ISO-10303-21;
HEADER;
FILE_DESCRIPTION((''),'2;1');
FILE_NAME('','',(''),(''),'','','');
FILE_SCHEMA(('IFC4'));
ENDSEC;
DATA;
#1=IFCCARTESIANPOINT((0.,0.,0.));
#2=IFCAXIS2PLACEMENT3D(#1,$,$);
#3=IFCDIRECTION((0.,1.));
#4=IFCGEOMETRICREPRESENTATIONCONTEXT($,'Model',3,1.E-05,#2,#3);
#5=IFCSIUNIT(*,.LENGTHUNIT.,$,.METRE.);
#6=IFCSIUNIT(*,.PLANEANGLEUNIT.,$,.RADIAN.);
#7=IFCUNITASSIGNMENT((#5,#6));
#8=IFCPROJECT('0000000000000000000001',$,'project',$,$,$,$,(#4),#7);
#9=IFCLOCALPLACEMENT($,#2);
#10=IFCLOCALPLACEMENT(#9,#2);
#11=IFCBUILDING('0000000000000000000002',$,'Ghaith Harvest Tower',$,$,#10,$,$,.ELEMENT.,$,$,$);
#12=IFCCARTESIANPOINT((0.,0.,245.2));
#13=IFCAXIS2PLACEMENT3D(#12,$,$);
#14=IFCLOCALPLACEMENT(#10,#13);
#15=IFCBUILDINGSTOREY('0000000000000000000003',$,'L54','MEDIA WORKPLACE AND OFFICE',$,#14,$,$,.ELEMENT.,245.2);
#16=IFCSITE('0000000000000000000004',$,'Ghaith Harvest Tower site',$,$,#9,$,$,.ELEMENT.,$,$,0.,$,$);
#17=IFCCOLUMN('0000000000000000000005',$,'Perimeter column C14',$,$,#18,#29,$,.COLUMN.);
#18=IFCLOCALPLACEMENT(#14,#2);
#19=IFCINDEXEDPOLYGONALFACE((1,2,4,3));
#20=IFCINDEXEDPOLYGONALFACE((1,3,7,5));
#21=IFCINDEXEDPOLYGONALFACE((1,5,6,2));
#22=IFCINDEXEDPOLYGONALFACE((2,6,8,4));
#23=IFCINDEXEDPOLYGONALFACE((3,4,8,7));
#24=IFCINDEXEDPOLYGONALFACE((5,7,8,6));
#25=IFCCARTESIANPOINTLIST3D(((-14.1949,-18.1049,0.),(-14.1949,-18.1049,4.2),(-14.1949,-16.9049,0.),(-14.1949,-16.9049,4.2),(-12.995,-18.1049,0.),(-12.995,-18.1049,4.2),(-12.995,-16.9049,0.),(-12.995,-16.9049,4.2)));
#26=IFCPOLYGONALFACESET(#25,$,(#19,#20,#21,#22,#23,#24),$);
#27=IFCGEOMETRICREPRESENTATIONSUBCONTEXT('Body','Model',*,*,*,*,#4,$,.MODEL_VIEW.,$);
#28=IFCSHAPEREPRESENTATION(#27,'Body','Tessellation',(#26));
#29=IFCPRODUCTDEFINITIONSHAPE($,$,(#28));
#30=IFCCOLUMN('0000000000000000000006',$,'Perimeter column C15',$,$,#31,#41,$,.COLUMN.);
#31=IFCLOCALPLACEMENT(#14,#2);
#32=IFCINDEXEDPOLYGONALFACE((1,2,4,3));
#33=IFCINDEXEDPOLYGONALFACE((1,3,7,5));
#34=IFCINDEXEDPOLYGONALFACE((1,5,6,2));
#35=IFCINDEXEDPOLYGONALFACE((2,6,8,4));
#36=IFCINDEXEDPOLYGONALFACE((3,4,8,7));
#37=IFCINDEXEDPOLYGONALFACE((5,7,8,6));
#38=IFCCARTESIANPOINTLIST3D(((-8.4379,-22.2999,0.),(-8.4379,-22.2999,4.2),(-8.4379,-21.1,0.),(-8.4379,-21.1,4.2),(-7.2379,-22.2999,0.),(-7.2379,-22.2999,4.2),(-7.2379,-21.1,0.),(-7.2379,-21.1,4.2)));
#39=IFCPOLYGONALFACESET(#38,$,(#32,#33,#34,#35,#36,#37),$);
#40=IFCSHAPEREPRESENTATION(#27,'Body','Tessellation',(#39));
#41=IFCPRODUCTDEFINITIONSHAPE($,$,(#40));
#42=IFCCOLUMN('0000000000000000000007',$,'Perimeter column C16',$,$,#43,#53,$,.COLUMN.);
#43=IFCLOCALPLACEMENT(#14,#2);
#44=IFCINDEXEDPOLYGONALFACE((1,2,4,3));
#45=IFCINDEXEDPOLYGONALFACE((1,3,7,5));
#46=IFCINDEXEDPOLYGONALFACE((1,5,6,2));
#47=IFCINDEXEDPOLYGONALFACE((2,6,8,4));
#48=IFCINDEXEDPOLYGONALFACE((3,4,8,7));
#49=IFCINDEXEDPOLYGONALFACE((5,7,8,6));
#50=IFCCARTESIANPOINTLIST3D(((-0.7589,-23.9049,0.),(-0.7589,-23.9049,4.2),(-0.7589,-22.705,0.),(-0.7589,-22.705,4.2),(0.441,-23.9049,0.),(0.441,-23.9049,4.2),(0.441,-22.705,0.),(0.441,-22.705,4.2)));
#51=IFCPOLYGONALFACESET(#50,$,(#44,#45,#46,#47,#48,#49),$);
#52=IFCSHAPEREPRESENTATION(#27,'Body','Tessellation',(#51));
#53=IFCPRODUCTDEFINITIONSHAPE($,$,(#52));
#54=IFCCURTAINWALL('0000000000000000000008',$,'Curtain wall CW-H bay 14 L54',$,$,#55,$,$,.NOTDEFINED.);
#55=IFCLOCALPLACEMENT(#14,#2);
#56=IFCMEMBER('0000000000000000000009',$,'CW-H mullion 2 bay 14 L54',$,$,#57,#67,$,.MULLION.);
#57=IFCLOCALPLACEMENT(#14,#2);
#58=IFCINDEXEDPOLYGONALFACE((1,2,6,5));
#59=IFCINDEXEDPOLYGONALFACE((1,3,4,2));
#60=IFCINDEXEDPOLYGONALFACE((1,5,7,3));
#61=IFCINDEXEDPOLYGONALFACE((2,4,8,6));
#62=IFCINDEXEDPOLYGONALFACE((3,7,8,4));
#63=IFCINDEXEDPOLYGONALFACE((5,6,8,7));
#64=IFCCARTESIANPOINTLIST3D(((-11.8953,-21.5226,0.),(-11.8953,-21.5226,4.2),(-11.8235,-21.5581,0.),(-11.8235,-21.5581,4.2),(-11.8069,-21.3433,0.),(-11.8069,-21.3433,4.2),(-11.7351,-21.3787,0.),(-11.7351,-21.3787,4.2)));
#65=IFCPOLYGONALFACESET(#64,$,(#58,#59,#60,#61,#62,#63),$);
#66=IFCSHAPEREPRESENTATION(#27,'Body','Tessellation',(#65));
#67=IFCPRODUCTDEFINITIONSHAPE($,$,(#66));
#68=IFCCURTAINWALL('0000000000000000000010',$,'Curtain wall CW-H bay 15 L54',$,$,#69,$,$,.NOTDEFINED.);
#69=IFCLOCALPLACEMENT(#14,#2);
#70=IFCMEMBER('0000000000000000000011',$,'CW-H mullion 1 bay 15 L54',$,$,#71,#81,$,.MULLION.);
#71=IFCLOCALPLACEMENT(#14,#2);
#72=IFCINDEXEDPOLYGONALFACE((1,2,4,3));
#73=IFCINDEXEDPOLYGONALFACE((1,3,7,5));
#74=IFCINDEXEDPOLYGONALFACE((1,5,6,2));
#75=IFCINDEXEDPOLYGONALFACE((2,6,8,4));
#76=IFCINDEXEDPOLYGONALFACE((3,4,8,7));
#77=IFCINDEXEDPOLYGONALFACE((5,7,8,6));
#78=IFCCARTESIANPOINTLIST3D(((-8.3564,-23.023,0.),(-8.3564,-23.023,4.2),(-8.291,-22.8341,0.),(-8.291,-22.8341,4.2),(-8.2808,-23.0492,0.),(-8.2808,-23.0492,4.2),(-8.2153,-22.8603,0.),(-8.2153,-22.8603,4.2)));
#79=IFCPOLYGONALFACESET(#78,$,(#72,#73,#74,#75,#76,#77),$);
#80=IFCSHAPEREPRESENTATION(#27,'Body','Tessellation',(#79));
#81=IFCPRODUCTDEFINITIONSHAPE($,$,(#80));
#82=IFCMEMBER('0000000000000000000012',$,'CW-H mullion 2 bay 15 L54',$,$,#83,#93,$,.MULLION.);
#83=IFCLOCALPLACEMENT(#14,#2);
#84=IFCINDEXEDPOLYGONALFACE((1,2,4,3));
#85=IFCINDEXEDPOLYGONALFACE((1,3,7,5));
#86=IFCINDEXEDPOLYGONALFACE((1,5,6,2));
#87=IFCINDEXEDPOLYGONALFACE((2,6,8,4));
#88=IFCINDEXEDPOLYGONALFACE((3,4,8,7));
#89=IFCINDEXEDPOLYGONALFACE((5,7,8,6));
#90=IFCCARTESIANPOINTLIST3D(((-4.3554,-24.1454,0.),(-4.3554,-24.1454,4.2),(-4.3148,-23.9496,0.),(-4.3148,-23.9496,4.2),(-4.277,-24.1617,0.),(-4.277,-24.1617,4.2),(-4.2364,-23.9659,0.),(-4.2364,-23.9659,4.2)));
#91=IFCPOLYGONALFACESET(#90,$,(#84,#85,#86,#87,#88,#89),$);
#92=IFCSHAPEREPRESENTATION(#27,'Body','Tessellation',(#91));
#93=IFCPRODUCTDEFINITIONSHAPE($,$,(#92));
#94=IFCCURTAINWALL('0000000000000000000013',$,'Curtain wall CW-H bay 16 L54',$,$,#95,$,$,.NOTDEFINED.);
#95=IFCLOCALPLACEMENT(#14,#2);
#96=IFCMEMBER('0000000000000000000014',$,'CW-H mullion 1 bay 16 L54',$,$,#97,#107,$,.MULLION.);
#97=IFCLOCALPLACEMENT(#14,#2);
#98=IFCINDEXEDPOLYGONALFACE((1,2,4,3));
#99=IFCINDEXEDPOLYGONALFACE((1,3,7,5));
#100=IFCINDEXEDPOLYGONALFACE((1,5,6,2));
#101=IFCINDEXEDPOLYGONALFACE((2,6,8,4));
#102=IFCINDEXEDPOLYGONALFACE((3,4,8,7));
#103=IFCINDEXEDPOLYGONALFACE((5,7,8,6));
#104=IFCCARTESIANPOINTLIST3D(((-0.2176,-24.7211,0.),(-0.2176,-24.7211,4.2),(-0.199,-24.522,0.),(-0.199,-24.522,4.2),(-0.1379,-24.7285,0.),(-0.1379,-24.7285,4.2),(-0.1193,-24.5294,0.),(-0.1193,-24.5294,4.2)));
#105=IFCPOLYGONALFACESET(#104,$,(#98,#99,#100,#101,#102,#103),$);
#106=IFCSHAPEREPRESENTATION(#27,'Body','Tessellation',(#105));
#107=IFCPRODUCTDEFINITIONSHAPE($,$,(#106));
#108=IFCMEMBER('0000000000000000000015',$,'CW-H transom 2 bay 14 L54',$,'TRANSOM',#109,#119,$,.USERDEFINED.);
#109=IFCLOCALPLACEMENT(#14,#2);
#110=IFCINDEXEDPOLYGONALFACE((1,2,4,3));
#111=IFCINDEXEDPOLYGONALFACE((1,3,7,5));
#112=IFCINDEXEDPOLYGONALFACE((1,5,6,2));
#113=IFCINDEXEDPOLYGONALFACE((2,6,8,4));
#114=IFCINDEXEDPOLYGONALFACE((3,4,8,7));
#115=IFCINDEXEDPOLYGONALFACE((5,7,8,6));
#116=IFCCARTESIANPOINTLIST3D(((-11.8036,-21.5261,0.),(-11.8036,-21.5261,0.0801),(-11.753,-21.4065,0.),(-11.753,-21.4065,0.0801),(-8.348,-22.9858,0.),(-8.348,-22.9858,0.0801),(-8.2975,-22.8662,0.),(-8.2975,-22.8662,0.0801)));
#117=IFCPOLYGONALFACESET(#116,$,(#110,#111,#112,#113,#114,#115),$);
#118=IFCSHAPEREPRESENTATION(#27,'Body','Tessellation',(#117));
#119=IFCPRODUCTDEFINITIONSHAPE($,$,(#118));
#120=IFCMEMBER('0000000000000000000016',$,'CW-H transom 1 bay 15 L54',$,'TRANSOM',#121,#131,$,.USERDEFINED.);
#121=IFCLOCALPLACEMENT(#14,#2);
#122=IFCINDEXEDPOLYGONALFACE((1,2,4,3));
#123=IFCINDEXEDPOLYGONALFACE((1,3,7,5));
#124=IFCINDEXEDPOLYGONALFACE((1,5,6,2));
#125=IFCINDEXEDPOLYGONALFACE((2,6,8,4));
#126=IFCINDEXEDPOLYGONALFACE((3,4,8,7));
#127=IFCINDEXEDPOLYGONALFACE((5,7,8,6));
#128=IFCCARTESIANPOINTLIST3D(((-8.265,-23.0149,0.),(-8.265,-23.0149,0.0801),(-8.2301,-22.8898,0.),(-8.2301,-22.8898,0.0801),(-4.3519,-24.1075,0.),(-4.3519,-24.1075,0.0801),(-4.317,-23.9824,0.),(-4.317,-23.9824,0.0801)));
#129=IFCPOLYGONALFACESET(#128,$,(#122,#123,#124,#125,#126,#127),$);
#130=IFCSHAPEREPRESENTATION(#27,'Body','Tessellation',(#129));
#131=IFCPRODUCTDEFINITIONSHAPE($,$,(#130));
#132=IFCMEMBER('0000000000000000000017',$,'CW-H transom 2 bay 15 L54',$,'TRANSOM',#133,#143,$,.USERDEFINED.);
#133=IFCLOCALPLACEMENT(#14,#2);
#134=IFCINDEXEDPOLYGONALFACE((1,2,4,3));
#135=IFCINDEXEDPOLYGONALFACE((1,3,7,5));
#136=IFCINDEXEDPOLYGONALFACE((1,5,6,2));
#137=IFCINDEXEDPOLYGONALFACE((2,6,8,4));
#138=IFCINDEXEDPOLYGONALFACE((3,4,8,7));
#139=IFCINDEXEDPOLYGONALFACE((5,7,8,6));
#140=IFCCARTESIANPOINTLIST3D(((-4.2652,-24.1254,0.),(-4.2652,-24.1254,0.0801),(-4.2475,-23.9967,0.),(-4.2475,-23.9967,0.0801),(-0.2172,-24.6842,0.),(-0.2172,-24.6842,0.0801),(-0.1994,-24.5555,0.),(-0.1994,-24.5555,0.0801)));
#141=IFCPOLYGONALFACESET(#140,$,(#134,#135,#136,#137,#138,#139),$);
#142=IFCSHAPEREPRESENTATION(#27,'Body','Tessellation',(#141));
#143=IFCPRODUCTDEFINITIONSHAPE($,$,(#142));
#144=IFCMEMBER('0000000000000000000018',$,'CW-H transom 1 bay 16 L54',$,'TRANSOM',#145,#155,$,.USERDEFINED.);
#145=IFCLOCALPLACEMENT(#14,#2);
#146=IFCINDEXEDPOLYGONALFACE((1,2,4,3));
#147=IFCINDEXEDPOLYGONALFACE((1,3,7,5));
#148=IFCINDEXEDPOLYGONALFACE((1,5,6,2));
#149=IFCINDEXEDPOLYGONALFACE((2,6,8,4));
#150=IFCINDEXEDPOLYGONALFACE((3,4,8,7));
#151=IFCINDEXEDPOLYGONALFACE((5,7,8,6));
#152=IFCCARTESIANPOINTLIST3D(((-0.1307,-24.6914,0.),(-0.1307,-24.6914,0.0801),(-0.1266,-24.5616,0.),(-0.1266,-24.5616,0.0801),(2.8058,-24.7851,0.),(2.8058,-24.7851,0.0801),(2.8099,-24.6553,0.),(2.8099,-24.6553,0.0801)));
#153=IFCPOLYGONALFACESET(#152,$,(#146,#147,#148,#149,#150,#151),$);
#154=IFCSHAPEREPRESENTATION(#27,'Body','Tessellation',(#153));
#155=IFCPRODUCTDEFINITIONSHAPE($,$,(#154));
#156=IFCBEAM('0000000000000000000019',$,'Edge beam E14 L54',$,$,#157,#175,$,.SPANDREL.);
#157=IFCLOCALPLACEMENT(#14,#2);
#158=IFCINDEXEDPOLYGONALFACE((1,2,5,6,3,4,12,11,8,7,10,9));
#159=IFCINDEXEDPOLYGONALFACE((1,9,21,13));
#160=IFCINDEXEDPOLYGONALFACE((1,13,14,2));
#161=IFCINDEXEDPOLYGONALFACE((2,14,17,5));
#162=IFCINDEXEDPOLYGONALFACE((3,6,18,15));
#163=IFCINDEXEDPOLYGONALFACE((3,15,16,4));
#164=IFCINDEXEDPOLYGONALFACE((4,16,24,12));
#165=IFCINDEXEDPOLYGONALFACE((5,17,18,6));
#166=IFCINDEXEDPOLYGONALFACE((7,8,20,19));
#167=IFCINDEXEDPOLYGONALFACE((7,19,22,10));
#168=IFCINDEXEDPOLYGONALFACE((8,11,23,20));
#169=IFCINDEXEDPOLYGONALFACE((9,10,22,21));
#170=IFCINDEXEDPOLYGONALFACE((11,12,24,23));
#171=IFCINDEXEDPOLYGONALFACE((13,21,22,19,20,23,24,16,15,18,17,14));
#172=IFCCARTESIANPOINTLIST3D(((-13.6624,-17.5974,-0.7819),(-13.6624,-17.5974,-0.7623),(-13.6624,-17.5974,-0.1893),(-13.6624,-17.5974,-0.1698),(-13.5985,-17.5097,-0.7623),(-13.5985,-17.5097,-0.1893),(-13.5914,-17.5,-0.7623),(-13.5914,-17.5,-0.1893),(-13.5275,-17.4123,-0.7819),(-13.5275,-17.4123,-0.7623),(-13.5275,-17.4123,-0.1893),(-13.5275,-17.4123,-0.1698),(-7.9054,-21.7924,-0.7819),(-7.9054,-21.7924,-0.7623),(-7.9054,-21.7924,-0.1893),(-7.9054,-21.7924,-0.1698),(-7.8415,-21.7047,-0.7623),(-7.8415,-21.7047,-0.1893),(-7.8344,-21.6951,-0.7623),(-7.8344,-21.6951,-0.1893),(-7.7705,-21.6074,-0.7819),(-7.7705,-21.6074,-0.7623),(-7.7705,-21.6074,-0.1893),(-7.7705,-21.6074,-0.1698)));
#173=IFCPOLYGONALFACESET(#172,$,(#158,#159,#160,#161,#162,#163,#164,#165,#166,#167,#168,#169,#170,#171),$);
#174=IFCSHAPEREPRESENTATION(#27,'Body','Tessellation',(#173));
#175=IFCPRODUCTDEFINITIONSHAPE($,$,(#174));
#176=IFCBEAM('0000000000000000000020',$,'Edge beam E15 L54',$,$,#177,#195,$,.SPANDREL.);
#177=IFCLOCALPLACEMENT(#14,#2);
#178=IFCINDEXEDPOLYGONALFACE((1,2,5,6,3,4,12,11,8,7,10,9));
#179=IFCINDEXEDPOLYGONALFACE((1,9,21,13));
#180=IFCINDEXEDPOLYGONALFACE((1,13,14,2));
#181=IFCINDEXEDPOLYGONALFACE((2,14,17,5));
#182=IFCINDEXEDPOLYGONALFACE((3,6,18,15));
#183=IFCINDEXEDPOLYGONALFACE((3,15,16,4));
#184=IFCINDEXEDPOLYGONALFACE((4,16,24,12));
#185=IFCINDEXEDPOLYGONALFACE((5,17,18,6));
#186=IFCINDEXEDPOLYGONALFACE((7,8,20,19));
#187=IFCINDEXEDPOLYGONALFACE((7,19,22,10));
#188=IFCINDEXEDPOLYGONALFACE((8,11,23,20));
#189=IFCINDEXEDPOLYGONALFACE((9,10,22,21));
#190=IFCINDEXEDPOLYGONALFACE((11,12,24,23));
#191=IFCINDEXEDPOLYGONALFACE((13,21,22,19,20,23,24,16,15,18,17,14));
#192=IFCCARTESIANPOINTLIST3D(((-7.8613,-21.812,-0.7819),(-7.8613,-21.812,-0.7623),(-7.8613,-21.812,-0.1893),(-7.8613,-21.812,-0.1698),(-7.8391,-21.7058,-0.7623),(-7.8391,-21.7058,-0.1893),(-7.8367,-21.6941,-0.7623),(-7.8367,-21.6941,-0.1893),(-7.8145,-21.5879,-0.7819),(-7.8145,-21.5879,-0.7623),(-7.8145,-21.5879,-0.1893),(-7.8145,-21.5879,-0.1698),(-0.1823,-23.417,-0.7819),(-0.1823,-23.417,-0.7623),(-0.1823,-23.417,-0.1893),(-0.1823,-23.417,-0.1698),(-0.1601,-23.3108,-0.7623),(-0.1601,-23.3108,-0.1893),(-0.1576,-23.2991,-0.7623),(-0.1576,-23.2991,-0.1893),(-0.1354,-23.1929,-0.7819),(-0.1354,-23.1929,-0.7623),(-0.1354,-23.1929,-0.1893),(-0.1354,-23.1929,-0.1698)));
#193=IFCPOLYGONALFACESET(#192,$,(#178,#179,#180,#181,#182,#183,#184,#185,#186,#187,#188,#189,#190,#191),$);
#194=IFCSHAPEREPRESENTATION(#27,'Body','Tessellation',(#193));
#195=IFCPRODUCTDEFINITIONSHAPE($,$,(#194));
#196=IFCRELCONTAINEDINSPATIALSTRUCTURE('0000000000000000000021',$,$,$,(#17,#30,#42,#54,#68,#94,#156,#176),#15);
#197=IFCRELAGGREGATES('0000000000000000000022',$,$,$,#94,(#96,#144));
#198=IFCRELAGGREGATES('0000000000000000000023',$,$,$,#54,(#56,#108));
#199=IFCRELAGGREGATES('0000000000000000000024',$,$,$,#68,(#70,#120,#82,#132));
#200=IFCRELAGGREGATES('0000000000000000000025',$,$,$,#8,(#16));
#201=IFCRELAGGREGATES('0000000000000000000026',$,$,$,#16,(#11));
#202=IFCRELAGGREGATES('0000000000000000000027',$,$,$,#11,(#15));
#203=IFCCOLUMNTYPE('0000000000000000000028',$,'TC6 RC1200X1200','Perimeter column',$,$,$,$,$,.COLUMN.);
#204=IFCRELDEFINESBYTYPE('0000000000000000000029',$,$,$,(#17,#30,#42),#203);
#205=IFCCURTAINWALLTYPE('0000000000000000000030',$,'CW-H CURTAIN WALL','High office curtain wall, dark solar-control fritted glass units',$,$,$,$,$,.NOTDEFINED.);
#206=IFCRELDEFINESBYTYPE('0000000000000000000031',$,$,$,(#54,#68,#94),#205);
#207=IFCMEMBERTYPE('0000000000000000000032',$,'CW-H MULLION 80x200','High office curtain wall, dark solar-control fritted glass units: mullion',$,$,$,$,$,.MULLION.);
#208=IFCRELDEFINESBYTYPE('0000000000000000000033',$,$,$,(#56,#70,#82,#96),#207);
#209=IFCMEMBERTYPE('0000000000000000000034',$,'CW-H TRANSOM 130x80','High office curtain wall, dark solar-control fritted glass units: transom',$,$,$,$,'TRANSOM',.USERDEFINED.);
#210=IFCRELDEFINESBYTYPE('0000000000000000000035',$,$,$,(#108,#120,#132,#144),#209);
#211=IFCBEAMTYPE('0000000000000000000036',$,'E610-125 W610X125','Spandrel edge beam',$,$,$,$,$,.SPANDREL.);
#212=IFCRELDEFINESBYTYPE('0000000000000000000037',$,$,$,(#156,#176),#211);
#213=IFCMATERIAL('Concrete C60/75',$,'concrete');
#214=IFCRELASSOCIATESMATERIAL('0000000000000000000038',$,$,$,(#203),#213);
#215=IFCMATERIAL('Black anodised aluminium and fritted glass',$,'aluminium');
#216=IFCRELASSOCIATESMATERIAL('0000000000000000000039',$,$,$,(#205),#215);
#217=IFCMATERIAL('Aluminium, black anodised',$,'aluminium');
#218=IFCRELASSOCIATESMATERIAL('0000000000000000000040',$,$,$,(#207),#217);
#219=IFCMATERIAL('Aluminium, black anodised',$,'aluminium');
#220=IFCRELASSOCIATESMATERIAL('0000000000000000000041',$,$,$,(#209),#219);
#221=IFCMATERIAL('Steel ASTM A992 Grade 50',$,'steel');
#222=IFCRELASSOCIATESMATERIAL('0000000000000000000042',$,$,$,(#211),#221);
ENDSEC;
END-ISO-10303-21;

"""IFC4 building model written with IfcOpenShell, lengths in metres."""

from ifc_helpers import new_model, si_unit, direction, frame, origin, origin_2d, place, context, subcontext, project, spatial, rectangle, i_section, extrude, material, material_profile, profile_set, type_object, element, aggregate, save


model = new_model("IFC4")

# Units and contexts
model_context = context("Model", 3, precision=1e-05, world=origin(), true_north=direction((0.0, 1.0)))
body_context = subcontext(model_context, "Body", "Model", "MODEL_VIEW")
ifc_project = project(units=[si_unit("LENGTHUNIT", "METRE"), si_unit("PLANEANGLEUNIT", "RADIAN")], contexts=[model_context])

# Site, building, storey
site_placement = place(None, origin())
site = spatial("IfcSite", under=ifc_project, at=site_placement, Name="Ghaith Harvest Tower site", CompositionType="ELEMENT", RefElevation=0.0)
building_placement = place(site_placement, origin())
building = spatial("IfcBuilding", under=site, at=building_placement, Name="Ghaith Harvest Tower", CompositionType="ELEMENT")
storey_placement = place(building_placement, frame((0.0, 0.0, 245.2)))
storey = spatial("IfcBuildingStorey", under=building, at=storey_placement, Name="L54", Description="MEDIA WORKPLACE AND OFFICE", CompositionType="ELEMENT", Elevation=245.2)

# Columns
ifc_material_1 = material(Name="Concrete C60/75", Category="concrete")
ifc_material_profile_1 = material_profile(ifc_material_1, rectangle(XDim=1.2, YDim=1.2, at=origin_2d()), Name="RC1200X1200")
ifc_profile_set_1 = profile_set([ifc_material_profile_1], Name="Concrete C60/75")
column_type = type_object("IfcColumnType", Name="TC6 RC1200X1200", Description="Perimeter column", PredefinedType="COLUMN", material=ifc_profile_set_1)
for number, where, z_axis, x_axis, name in (
    (1, (-13.595, -17.5049, 0.0), (0.0, 0.0, 1.0), (1.0, 0.0, 0.0), "Perimeter column C14"),
    (2, (-7.8379, -21.7, 0.0), (0.0, 0.0, 1.0), (1.0, 0.0, 0.0), "Perimeter column C15"),
    (3, (-0.1589, -23.3049, 0.0), (0.0, 0.0, 1.0), (1.0, 0.0, 0.0), "Perimeter column C16"),
):
    element("IfcColumn", number, at=place(storey_placement, frame(where, z_axis=z_axis, x_axis=x_axis)), inside=storey, type_object=column_type, Name=name, PredefinedType="COLUMN", context=body_context, shape_type="SweptSolid", body=[
        extrude(rectangle(XDim=1.2, YDim=1.2, at=origin_2d()), origin(), (0.0, 0.0, 1.0), 4.2),
    ])

# Curtain wall, member
ifc_material_2 = material(Name="Black anodised aluminium and fritted glass", Category="aluminium")
curtain_wall_type = type_object("IfcCurtainWallType", Name="CW-H CURTAIN WALL", Description="High office curtain wall, dark solar-control fritted glass units", PredefinedType="NOTDEFINED", material=ifc_material_2)
curtain_wall_1_placement = place(storey_placement, origin())
curtain_wall_1 = element("IfcCurtainWall", 4, at=curtain_wall_1_placement, inside=storey, type_object=curtain_wall_type, Name="Curtain wall CW-H bay 14 L54", PredefinedType="NOTDEFINED")
ifc_material_3 = material(Name="Aluminium, black anodised", Category="aluminium")
ifc_material_profile_2 = material_profile(ifc_material_3, rectangle(XDim=0.0801, YDim=0.2, at=origin_2d()), Name="CW-H MULLION 80x200")
ifc_profile_set_2 = profile_set([ifc_material_profile_2], Name="Aluminium, black anodised")
member_type_1 = type_object("IfcMemberType", Name="CW-H MULLION 80x200", Description="High office curtain wall, dark solar-control fritted glass units: mullion", PredefinedType="MULLION", material=ifc_profile_set_2)
member_1_placement = place(storey_placement, frame((-11.8152, -21.4507, 0.0), z_axis=(0.0, 0.0, 1.0), x_axis=(0.896853, -0.442329, 0.0)))
member_1 = element("IfcMember", 5, at=member_1_placement, type_object=member_type_1, Name="CW-H mullion 2 bay 14 L54", PredefinedType="MULLION", context=body_context, shape_type="SweptSolid", body=[
    extrude(rectangle(XDim=0.0801, YDim=0.2, at=origin_2d()), origin(), (0.0, 0.0, 1.0), 4.2),
])

# Curtain wall, members
curtain_wall_2_placement = place(storey_placement, origin())
curtain_wall_2 = element("IfcCurtainWall", 6, at=curtain_wall_2_placement, inside=storey, type_object=curtain_wall_type, Name="Curtain wall CW-H bay 15 L54", PredefinedType="NOTDEFINED")
member_2_placement = place(storey_placement, frame((-8.2859, -22.9417, 0.0), z_axis=(0.0, 0.0, 1.0), x_axis=(0.944906, -0.327342, 0.0)))
member_2 = element("IfcMember", 7, at=member_2_placement, type_object=member_type_1, Name="CW-H mullion 1 bay 15 L54", PredefinedType="MULLION", context=body_context, shape_type="SweptSolid", body=[
    extrude(rectangle(XDim=0.0801, YDim=0.2, at=origin_2d()), origin(), (0.0, 0.0, 1.0), 4.2),
])
member_3_placement = place(storey_placement, frame((-4.2959, -24.0557, 0.0), z_axis=(0.0, 0.0, 1.0), x_axis=(0.979161, -0.203084, 0.0)))
member_3 = element("IfcMember", 8, at=member_3_placement, type_object=member_type_1, Name="CW-H mullion 2 bay 15 L54", PredefinedType="MULLION", context=body_context, shape_type="SweptSolid", body=[
    extrude(rectangle(XDim=0.0801, YDim=0.2, at=origin_2d()), origin(), (0.0, 0.0, 1.0), 4.2),
])

# Curtain wall, member
curtain_wall_3_placement = place(storey_placement, origin())
curtain_wall_3 = element("IfcCurtainWall", 9, at=curtain_wall_3_placement, inside=storey, type_object=curtain_wall_type, Name="Curtain wall CW-H bay 16 L54", PredefinedType="NOTDEFINED")
member_4_placement = place(storey_placement, frame((-0.1685, -24.6252, 0.0), z_axis=(0.0, 0.0, 1.0), x_axis=(0.995685, -0.092802, 0.0)))
member_4 = element("IfcMember", 10, at=member_4_placement, type_object=member_type_1, Name="CW-H mullion 1 bay 16 L54", PredefinedType="MULLION", context=body_context, shape_type="SweptSolid", body=[
    extrude(rectangle(XDim=0.0801, YDim=0.2, at=origin_2d()), origin(), (0.0, 0.0, 1.0), 4.2),
])

# Members
ifc_material_4 = material(Name="Aluminium, black anodised", Category="aluminium")
ifc_material_profile_3 = material_profile(ifc_material_4, rectangle(XDim=0.1299, YDim=0.0801, at=origin_2d()), Name="CW-H TRANSOM 130x80")
ifc_profile_set_3 = profile_set([ifc_material_profile_3], Name="Aluminium, black anodised")
member_type_2 = type_object("IfcMemberType", Name="CW-H TRANSOM 130x80", Description="High office curtain wall, dark solar-control fritted glass units: transom", ElementType="TRANSOM", PredefinedType="USERDEFINED", material=ifc_profile_set_3)
member_5_placement = place(storey_placement, frame((-11.7783, -21.4663, 0.04), z_axis=(0.921183, -0.38913, 0.0), x_axis=(0.38913, 0.921183, 0.0)))
member_5 = element("IfcMember", 11, at=member_5_placement, type_object=member_type_2, Name="CW-H transom 2 bay 14 L54", ObjectType="TRANSOM", PredefinedType="USERDEFINED", context=body_context, shape_type="SweptSolid", body=[
    extrude(rectangle(XDim=0.1299, YDim=0.0801, at=origin_2d()), origin(), (0.0, 0.0, 1.0), 3.7512),
])
member_6_placement = place(storey_placement, frame((-8.2476, -22.9524, 0.04), z_axis=(0.963164, -0.268914, 0.0), x_axis=(0.268914, 0.963164, 0.0)))
member_6 = element("IfcMember", 12, at=member_6_placement, type_object=member_type_2, Name="CW-H transom 1 bay 15 L54", ObjectType="TRANSOM", PredefinedType="USERDEFINED", context=body_context, shape_type="SweptSolid", body=[
    extrude(rectangle(XDim=0.1299, YDim=0.0801, at=origin_2d()), origin(), (0.0, 0.0, 1.0), 4.0627),
])
member_7_placement = place(storey_placement, frame((-4.2563, -24.061, 0.04), z_axis=(0.990605, -0.136753, 0.0), x_axis=(0.136753, 0.990605, 0.0)))
member_7 = element("IfcMember", 13, at=member_7_placement, type_object=member_type_2, Name="CW-H transom 2 bay 15 L54", ObjectType="TRANSOM", PredefinedType="USERDEFINED", context=body_context, shape_type="SweptSolid", body=[
    extrude(rectangle(XDim=0.1299, YDim=0.0801, at=origin_2d()), origin(), (0.0, 0.0, 1.0), 4.0864),
])
member_8_placement = place(storey_placement, frame((-0.1287, -24.6265, 0.04), z_axis=(0.999491, -0.031909, 0.0), x_axis=(0.031909, 0.999491, 0.0)))
member_8 = element("IfcMember", 14, at=member_8_placement, type_object=member_type_2, Name="CW-H transom 1 bay 16 L54", ObjectType="TRANSOM", PredefinedType="USERDEFINED", context=body_context, shape_type="SweptSolid", body=[
    extrude(rectangle(XDim=0.1299, YDim=0.0801, at=origin_2d()), origin(), (0.0, 0.0, 1.0), 2.938),
])
aggregate(curtain_wall_3, [member_4, member_8])

# Beams
ifc_material_5 = material(Name="Steel ASTM A992 Grade 50", Category="steel")
ifc_material_profile_4 = material_profile(ifc_material_5, i_section(OverallWidth=0.229, OverallDepth=0.6121, WebThickness=0.012, FlangeThickness=0.0195, at=origin_2d()), Name="W610X125")
ifc_profile_set_4 = profile_set([ifc_material_profile_4], Name="Steel ASTM A992 Grade 50")
beam_type_1 = type_object("IfcBeamType", Name="E610-125 W610X125", Description="Spandrel edge beam", PredefinedType="SPANDREL", material=ifc_profile_set_4)
beam_1_placement = place(storey_placement, frame((-13.595, -17.5049, -0.4758), z_axis=(0.808195, -0.588915, 0.0), x_axis=(0.588915, 0.808195, 0.0)))
element("IfcBeam", 15, at=beam_1_placement, inside=storey, type_object=beam_type_1, Name="Edge beam E14 L54", PredefinedType="SPANDREL", context=body_context, shape_type="SweptSolid", body=[
    extrude(i_section(OverallWidth=0.229, OverallDepth=0.6121, WebThickness=0.012, FlangeThickness=0.0195, at=origin_2d()), origin(), (0.0, 0.0, 1.0), 7.1233),
])
beam_2_placement = place(storey_placement, frame((-7.8379, -21.7, -0.4758), z_axis=(0.978848, -0.204589, 0.0), x_axis=(0.204589, 0.978848, 0.0)))
element("IfcBeam", 16, at=beam_2_placement, inside=storey, type_object=beam_type_1, Name="Edge beam E15 L54", PredefinedType="SPANDREL", context=body_context, shape_type="SweptSolid", body=[
    extrude(i_section(OverallWidth=0.229, OverallDepth=0.6121, WebThickness=0.012, FlangeThickness=0.0195, at=origin_2d()), origin(), (0.0, 0.0, 1.0), 7.845),
])

aggregate(curtain_wall_1, [member_1, member_5])
aggregate(curtain_wall_2, [member_2, member_6, member_3, member_7])

save(model, "model.ifc")
